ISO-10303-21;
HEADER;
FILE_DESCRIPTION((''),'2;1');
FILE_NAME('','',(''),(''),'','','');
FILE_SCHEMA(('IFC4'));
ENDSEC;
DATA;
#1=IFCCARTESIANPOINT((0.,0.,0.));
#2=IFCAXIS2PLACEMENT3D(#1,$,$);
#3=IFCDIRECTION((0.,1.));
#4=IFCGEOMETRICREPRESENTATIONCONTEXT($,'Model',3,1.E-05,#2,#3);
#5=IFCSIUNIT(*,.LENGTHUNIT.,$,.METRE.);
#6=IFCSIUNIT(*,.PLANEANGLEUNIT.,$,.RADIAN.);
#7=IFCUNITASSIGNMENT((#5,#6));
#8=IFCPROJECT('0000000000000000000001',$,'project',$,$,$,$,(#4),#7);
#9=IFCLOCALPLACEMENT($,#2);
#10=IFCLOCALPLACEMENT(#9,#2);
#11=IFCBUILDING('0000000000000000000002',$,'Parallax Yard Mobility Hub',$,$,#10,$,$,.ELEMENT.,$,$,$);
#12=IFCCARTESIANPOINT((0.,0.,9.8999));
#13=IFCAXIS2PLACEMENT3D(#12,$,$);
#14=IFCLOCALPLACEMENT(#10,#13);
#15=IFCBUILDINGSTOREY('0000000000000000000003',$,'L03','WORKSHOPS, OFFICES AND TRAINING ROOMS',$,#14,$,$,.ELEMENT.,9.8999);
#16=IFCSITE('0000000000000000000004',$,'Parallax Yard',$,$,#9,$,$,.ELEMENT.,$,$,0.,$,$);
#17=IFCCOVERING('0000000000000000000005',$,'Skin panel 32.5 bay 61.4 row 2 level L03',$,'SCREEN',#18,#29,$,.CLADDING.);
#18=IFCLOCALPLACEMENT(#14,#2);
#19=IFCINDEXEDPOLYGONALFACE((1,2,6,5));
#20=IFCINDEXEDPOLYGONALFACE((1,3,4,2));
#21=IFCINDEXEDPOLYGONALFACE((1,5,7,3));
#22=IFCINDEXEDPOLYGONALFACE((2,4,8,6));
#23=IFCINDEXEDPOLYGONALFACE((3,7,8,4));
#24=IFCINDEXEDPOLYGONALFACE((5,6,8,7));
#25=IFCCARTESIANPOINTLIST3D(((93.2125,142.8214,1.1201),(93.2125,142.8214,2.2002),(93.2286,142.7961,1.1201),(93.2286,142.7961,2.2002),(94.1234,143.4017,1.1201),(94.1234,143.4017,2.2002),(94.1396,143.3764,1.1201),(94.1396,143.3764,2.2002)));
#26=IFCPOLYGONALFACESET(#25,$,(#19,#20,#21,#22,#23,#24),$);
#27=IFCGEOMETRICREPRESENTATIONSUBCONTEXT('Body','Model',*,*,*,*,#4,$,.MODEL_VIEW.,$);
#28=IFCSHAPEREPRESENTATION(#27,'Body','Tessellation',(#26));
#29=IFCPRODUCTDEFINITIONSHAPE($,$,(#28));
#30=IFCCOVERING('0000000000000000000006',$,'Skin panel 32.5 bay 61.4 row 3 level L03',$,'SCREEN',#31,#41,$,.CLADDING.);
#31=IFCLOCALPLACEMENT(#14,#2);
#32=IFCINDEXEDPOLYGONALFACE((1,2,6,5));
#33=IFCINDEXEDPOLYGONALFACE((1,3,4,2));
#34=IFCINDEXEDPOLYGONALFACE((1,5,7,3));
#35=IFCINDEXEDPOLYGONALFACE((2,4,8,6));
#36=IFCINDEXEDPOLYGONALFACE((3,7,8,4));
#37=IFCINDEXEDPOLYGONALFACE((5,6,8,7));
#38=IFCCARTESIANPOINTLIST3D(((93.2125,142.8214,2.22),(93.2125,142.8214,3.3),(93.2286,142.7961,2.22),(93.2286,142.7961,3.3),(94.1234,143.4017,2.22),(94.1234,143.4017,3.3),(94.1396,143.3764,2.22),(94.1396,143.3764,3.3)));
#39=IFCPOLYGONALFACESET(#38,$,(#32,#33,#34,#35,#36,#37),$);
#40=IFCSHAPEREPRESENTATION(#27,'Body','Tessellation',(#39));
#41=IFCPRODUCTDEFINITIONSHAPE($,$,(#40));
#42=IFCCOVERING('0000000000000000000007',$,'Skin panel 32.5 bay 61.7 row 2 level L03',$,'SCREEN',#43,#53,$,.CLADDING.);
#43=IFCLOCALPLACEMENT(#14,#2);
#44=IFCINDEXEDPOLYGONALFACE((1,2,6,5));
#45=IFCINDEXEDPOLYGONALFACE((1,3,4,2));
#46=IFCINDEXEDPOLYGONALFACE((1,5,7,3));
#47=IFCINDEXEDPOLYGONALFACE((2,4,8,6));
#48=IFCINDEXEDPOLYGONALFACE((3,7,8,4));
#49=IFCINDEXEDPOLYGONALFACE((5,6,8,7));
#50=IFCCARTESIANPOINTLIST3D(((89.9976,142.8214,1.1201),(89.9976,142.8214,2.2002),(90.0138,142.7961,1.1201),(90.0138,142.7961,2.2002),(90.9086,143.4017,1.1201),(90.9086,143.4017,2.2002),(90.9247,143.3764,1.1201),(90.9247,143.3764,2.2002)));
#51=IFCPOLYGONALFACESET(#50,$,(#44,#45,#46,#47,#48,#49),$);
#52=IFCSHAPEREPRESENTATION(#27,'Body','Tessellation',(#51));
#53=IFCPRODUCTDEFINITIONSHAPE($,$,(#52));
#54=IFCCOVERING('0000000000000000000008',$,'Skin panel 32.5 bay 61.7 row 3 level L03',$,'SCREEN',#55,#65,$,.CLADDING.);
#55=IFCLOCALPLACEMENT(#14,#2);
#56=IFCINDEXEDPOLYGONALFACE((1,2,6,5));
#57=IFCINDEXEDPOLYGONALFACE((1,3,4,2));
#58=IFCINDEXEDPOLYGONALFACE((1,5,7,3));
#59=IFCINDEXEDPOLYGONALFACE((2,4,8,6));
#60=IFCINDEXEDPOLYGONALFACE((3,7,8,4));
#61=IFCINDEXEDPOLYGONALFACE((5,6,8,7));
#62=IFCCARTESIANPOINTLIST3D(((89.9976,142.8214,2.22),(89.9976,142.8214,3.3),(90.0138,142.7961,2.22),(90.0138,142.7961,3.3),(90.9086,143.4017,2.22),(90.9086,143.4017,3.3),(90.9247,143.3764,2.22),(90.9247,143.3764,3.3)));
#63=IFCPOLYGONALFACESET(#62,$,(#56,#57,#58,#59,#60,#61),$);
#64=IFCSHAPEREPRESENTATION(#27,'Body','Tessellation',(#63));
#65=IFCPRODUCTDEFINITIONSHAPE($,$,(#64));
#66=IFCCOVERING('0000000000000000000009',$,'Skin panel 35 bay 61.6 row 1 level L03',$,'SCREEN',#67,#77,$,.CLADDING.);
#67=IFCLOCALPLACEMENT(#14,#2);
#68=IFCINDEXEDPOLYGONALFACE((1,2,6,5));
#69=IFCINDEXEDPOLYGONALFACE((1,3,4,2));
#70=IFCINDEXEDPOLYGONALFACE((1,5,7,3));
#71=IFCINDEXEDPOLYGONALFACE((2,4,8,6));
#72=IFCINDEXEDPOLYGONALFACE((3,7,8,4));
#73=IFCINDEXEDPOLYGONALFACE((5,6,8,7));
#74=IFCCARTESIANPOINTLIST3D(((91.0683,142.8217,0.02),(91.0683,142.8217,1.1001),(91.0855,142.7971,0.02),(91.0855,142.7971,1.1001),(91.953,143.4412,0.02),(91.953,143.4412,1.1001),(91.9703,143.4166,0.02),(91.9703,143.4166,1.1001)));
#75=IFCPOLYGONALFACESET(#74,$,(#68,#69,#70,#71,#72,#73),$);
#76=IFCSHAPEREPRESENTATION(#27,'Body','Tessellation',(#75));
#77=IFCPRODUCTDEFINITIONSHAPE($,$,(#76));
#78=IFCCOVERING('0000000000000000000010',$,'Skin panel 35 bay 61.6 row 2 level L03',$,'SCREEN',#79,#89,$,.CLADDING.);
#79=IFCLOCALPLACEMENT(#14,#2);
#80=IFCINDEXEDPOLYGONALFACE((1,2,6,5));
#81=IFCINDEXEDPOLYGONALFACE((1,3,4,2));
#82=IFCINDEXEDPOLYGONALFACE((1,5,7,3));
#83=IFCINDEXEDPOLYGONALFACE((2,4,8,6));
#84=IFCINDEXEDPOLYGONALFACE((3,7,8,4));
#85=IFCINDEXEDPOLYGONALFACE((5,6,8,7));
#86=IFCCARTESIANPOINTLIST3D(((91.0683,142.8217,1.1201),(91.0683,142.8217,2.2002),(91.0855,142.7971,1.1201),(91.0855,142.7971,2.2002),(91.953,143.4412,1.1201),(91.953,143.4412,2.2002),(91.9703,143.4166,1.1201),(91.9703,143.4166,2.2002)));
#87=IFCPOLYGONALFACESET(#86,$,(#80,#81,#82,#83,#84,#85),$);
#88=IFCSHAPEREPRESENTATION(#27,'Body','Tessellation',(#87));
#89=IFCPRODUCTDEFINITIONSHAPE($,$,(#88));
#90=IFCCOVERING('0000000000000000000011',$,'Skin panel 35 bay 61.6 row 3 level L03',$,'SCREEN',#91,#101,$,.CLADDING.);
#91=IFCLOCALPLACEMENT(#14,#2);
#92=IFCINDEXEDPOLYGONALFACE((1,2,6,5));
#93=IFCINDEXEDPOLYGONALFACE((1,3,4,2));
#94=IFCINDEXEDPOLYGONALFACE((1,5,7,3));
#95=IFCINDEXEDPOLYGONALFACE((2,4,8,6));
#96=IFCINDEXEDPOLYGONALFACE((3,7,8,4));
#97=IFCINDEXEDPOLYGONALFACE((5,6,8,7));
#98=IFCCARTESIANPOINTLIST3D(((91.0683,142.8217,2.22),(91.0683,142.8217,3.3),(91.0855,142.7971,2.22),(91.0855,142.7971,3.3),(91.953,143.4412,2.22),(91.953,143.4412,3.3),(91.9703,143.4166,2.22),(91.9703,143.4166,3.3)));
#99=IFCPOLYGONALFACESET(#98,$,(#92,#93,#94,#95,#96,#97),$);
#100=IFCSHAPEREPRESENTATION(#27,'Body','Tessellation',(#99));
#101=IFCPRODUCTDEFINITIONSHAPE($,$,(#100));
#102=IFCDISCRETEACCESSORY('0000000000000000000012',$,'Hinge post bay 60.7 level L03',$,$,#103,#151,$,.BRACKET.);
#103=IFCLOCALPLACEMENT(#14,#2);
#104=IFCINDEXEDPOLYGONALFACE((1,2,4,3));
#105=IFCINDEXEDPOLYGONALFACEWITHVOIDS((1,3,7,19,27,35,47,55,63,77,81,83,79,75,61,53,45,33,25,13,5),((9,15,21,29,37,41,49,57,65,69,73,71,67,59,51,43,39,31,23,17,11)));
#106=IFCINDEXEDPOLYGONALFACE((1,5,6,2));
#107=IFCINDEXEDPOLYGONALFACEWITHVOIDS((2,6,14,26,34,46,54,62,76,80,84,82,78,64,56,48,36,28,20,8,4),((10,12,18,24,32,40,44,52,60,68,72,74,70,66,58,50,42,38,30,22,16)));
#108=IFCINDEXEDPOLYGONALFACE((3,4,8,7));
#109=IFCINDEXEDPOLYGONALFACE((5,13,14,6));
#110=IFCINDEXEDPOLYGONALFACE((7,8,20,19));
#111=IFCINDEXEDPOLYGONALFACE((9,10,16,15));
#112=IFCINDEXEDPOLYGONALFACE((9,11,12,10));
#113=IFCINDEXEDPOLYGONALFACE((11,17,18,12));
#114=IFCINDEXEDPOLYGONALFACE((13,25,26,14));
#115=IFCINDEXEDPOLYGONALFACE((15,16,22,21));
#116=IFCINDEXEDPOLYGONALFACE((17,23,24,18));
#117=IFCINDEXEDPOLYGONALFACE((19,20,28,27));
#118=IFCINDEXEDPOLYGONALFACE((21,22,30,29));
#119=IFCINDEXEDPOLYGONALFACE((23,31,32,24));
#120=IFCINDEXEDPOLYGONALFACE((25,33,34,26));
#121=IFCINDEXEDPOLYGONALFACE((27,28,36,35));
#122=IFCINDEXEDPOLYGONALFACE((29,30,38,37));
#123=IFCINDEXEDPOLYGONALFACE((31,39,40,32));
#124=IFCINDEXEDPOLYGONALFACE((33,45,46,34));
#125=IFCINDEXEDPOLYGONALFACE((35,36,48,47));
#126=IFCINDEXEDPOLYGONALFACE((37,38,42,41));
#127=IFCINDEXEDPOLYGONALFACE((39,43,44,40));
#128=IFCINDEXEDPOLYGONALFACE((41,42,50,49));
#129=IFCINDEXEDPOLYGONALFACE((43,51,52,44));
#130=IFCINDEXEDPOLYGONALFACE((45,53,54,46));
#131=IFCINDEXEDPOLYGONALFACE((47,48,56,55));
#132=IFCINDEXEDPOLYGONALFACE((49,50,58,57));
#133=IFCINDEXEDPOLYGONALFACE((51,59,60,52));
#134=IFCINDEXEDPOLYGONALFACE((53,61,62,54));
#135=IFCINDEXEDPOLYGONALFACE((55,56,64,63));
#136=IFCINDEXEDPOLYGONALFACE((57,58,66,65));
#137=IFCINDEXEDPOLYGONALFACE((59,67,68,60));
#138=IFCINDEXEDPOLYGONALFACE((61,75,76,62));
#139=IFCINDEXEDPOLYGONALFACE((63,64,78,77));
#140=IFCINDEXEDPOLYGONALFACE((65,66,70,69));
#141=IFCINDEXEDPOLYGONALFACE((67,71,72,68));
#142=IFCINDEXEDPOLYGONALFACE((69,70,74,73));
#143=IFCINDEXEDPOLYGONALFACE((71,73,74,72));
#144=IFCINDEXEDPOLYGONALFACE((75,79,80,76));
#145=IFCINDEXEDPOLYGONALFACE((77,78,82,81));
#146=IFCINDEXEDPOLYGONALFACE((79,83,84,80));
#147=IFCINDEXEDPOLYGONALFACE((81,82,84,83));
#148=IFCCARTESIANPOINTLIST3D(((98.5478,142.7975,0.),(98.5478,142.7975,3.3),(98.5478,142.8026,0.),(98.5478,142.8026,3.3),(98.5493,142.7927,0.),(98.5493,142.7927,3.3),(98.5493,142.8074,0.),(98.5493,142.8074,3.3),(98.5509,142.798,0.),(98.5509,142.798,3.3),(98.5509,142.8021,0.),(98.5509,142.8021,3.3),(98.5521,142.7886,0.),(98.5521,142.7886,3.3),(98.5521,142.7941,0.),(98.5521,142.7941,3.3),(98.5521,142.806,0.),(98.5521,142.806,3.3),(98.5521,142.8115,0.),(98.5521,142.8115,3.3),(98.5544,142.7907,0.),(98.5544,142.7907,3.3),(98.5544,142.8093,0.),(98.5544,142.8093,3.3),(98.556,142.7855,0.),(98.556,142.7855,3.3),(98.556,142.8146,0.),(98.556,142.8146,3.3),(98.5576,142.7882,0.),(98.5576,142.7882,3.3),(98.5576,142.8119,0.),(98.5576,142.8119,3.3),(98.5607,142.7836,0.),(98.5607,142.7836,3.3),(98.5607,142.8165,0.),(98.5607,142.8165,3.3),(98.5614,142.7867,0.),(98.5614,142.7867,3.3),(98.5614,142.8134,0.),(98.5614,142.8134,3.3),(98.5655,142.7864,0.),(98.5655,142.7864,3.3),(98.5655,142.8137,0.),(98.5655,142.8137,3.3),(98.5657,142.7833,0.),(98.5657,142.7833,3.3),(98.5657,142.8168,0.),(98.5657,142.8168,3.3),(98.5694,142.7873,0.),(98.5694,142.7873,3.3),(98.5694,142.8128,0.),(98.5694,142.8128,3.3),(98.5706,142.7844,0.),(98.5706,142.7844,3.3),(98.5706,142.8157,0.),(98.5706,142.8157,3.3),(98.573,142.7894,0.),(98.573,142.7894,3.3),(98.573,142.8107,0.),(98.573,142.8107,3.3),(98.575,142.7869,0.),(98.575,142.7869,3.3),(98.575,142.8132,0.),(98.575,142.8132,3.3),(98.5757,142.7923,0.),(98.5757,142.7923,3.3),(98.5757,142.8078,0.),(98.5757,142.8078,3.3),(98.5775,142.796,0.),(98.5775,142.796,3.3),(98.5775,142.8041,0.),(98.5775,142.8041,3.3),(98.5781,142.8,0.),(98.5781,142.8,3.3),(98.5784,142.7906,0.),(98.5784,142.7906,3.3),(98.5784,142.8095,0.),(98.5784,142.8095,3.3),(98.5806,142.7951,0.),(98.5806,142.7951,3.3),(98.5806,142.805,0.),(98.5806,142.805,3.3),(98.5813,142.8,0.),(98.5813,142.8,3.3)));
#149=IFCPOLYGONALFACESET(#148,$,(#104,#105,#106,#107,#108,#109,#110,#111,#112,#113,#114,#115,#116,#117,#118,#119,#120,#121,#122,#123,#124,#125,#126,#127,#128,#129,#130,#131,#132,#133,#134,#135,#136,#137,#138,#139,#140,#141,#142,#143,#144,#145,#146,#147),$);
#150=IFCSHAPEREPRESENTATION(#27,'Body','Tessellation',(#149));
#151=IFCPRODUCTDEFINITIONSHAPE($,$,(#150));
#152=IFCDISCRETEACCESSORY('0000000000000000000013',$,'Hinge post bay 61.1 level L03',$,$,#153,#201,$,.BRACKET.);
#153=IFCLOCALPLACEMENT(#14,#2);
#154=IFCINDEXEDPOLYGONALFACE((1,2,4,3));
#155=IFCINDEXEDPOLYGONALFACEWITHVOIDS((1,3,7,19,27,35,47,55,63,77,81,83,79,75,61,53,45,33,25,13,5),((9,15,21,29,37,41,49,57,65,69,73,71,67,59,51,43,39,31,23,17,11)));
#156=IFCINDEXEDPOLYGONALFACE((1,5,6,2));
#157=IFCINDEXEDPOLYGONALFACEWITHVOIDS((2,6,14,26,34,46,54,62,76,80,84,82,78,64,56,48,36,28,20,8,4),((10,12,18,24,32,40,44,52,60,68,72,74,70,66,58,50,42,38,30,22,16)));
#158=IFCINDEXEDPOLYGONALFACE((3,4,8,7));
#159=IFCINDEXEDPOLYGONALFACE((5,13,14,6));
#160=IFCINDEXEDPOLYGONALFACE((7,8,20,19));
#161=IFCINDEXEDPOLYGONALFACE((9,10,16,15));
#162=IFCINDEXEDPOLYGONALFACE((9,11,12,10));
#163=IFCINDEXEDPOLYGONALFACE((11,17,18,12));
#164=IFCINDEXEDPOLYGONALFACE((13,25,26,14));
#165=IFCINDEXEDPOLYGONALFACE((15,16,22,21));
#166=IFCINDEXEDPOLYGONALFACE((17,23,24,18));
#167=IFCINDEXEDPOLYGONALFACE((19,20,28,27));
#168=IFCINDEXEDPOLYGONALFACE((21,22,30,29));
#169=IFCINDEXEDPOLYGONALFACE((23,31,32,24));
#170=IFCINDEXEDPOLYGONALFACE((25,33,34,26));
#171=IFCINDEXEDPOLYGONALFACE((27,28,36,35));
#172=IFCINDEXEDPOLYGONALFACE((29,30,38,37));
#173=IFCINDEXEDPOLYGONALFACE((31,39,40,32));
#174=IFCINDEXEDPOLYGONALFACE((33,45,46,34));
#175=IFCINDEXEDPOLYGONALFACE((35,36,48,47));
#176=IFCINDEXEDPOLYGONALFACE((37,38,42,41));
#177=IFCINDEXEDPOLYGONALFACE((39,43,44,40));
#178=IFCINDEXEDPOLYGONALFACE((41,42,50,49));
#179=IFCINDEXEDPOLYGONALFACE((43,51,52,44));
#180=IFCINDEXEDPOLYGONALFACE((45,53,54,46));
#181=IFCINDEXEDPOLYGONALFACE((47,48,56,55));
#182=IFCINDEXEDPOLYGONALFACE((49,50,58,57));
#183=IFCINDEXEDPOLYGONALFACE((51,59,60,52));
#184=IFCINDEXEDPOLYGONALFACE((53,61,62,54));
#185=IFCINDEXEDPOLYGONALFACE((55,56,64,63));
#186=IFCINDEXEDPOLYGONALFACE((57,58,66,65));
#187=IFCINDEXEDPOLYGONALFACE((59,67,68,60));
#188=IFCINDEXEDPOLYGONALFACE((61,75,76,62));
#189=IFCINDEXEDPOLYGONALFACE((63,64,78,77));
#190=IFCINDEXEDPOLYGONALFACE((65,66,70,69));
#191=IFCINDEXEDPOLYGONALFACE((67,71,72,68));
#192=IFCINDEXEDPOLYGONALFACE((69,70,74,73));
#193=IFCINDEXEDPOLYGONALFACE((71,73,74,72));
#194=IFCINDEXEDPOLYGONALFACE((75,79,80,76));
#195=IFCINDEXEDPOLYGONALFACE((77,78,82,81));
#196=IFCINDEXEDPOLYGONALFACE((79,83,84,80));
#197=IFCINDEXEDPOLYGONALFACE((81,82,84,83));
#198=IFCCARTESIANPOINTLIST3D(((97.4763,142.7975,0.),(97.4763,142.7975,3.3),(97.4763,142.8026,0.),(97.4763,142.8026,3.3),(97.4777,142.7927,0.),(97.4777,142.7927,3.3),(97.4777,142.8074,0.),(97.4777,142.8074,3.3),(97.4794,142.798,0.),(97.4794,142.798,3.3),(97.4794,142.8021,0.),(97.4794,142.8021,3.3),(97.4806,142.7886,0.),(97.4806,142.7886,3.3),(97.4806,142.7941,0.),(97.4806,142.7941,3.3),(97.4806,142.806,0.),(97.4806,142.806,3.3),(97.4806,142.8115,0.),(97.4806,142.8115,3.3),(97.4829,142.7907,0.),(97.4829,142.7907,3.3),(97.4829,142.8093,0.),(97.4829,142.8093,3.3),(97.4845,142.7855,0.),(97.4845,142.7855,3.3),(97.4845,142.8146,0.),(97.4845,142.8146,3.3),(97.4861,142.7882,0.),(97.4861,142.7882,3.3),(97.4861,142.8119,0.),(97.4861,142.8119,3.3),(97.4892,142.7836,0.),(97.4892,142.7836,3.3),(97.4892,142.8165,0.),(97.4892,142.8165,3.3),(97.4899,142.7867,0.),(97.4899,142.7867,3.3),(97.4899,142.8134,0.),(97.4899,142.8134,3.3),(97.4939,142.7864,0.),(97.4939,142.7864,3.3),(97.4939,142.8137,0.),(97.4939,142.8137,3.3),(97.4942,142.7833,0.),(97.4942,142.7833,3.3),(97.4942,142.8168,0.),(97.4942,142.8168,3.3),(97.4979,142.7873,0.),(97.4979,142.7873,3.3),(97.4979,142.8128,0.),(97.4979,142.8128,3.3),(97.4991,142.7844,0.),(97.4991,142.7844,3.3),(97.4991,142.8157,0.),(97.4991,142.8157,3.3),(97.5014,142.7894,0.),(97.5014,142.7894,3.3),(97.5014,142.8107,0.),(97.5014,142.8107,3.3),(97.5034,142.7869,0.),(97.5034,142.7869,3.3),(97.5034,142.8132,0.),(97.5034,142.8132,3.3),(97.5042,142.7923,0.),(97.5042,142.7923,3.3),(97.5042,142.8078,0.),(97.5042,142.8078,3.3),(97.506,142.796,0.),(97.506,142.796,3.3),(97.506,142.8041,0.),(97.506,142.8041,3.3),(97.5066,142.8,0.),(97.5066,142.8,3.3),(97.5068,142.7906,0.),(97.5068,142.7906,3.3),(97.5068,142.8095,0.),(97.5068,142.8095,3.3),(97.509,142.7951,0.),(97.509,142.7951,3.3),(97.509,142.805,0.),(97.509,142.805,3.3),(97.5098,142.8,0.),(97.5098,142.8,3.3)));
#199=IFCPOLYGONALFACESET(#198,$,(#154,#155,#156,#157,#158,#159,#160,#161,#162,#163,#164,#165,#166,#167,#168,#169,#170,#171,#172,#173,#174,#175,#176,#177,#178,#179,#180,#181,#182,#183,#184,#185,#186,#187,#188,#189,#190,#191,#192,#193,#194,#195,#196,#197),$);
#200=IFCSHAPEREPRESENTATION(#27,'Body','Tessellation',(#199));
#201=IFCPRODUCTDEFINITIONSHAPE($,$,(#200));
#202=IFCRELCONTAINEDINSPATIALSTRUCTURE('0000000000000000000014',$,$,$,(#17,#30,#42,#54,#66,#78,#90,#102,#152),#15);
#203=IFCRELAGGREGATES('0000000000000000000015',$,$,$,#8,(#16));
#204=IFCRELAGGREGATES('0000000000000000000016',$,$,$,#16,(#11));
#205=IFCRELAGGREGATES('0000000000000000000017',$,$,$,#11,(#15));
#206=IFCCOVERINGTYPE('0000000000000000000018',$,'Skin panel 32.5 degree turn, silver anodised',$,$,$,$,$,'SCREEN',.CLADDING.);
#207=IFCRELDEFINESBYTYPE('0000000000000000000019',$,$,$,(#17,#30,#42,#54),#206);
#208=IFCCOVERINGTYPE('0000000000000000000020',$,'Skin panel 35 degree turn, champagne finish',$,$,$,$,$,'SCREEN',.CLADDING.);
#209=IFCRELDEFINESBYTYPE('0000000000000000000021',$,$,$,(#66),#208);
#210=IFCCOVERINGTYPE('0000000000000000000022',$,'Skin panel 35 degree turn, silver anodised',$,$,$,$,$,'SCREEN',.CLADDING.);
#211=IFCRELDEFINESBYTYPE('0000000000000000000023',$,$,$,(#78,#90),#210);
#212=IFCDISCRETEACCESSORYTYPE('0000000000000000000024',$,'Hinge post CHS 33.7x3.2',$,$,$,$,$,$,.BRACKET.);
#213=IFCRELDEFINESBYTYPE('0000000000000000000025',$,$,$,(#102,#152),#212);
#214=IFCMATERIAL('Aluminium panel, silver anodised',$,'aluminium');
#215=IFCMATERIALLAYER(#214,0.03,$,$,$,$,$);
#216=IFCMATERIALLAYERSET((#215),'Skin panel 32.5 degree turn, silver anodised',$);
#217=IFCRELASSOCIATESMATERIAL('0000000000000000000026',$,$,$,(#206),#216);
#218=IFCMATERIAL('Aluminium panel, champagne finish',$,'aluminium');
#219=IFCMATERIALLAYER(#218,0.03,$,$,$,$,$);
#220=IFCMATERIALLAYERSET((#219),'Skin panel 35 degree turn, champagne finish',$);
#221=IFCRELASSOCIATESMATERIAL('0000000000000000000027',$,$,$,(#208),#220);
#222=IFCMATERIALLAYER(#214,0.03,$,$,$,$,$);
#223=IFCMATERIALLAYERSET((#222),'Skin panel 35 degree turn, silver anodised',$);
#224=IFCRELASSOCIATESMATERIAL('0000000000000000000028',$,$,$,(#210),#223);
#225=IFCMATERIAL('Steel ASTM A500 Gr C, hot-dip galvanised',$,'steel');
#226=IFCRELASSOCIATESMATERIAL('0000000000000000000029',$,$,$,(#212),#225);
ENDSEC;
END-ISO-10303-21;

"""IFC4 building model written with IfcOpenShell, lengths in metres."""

from ifc_helpers import new_model, si_unit, direction, frame, origin, origin_2d, place, context, subcontext, project, spatial, rectangle, hollow_circle, extrude, material, layer, layer_set, material_profile, profile_set, type_object, element, save


model = new_model("IFC4")

# Units and contexts
model_context = context("Model", 3, precision=1e-05, world=origin(), true_north=direction((0.0, 1.0)))
body_context = subcontext(model_context, "Body", "Model", "MODEL_VIEW")
ifc_project = project(units=[si_unit("LENGTHUNIT", "METRE"), si_unit("PLANEANGLEUNIT", "RADIAN")], contexts=[model_context])

# Site, building, storey
site_placement = place(None, origin())
site = spatial("IfcSite", under=ifc_project, at=site_placement, Name="Parallax Yard", CompositionType="ELEMENT", RefElevation=0.0)
building_placement = place(site_placement, origin())
building = spatial("IfcBuilding", under=site, at=building_placement, Name="Parallax Yard Mobility Hub", CompositionType="ELEMENT")
storey_placement = place(building_placement, frame((0.0, 0.0, 9.8999)))
storey = spatial("IfcBuildingStorey", under=building, at=storey_placement, Name="L03", Description="WORKSHOPS, OFFICES AND TRAINING ROOMS", CompositionType="ELEMENT", Elevation=9.8999)

# Coverings
ifc_material_1 = material(Name="Aluminium panel, champagne finish", Category="aluminium")
ifc_material_2 = material(Name="Aluminium panel, silver anodised", Category="aluminium")
ifc_layer_1 = layer(ifc_material_2, 0.03)
ifc_layer_set_1 = layer_set([ifc_layer_1], Name="Skin panel 32.5 degree turn, silver anodised")
covering_type_1 = type_object("IfcCoveringType", Name="Skin panel 32.5 degree turn, silver anodised", ElementType="SCREEN", PredefinedType="CLADDING", material=ifc_layer_set_1)
for number, where, z_axis, x_axis, name in (
    (1, (93.676, 143.0989, 1.1201), (0.0, 0.0, 1.0), (0.843391, 0.5373, 0.0), "Skin panel 32.5 bay 61.4 row 2 level L03"),
    (2, (93.676, 143.0989, 2.22), (0.0, 0.0, 1.0), (0.843391, 0.5373, 0.0), "Skin panel 32.5 bay 61.4 row 3 level L03"),
    (3, (90.4612, 143.0989, 1.1201), (0.0, 0.0, 1.0), (0.843391, 0.5373, 0.0), "Skin panel 32.5 bay 61.7 row 2 level L03"),
    (4, (90.4612, 143.0989, 2.22), (0.0, 0.0, 1.0), (0.843391, 0.5373, 0.0), "Skin panel 32.5 bay 61.7 row 3 level L03"),
):
    element("IfcCovering", number, at=place(storey_placement, frame(where, z_axis=z_axis, x_axis=x_axis)), inside=storey, type_object=covering_type_1, Name=name, ObjectType="SCREEN", PredefinedType="CLADDING", context=body_context, shape_type="SweptSolid", body=[
        extrude(rectangle(XDim=1.0801, YDim=0.03, at=origin_2d()), origin(), (0.0, 0.0, 1.0), 1.0801),
    ])
ifc_layer_2 = layer(ifc_material_1, 0.03)
ifc_layer_set_2 = layer_set([ifc_layer_2], Name="Skin panel 35 degree turn, champagne finish")
covering_type_2 = type_object("IfcCoveringType", Name="Skin panel 35 degree turn, champagne finish", ElementType="SCREEN", PredefinedType="CLADDING", material=ifc_layer_set_2)
covering_1_placement = place(storey_placement, frame((91.5193, 143.1191, 0.02), z_axis=(0.0, 0.0, 1.0), x_axis=(0.819152, 0.573576, 0.0)))
element("IfcCovering", 5, at=covering_1_placement, inside=storey, type_object=covering_type_2, Name="Skin panel 35 bay 61.6 row 1 level L03", ObjectType="SCREEN", PredefinedType="CLADDING", context=body_context, shape_type="SweptSolid", body=[
    extrude(rectangle(XDim=1.0801, YDim=0.03, at=origin_2d()), origin(), (0.0, 0.0, 1.0), 1.0801),
])
ifc_layer_3 = layer(ifc_material_2, 0.03)
ifc_layer_set_3 = layer_set([ifc_layer_3], Name="Skin panel 35 degree turn, silver anodised")
covering_type_3 = type_object("IfcCoveringType", Name="Skin panel 35 degree turn, silver anodised", ElementType="SCREEN", PredefinedType="CLADDING", material=ifc_layer_set_3)
for number, where, z_axis, x_axis, name in (
    (6, (91.5193, 143.1191, 1.1201), (0.0, 0.0, 1.0), (0.819152, 0.573576, 0.0), "Skin panel 35 bay 61.6 row 2 level L03"),
    (7, (91.5193, 143.1191, 2.22), (0.0, 0.0, 1.0), (0.819152, 0.573576, 0.0), "Skin panel 35 bay 61.6 row 3 level L03"),
):
    element("IfcCovering", number, at=place(storey_placement, frame(where, z_axis=z_axis, x_axis=x_axis)), inside=storey, type_object=covering_type_3, Name=name, ObjectType="SCREEN", PredefinedType="CLADDING", context=body_context, shape_type="SweptSolid", body=[
        extrude(rectangle(XDim=1.0801, YDim=0.03, at=origin_2d()), origin(), (0.0, 0.0, 1.0), 1.0801),
    ])

# Discrete accessories
ifc_material_3 = material(Name="Steel ASTM A500 Gr C, hot-dip galvanised", Category="steel")
ifc_material_profile = material_profile(ifc_material_3, hollow_circle(Radius=0.0168, WallThickness=0.0032, at=origin_2d()), Name="CHS 33.7x3.2")
ifc_profile_set = profile_set([ifc_material_profile], Name="Steel ASTM A500 Gr C, hot-dip galvanised")
discrete_accessory_type = type_object("IfcDiscreteAccessoryType", Name="Hinge post CHS 33.7x3.2", PredefinedType="BRACKET", material=ifc_profile_set)
for number, where, z_axis, x_axis, name in (
    (8, (98.5645, 142.8, 0.0), (0.0, 0.0, 1.0), (1.0, 0.0, 0.0), "Hinge post bay 60.7 level L03"),
    (9, (97.4929, 142.8, 0.0), (0.0, 0.0, 1.0), (1.0, 0.0, 0.0), "Hinge post bay 61.1 level L03"),
):
    element("IfcDiscreteAccessory", number, at=place(storey_placement, frame(where, z_axis=z_axis, x_axis=x_axis)), inside=storey, type_object=discrete_accessory_type, Name=name, PredefinedType="BRACKET", context=body_context, shape_type="SweptSolid", body=[
        extrude(hollow_circle(Radius=0.0168, WallThickness=0.0032, at=origin_2d()), origin(), (0.0, 0.0, 1.0), 3.3),
    ])

save(model, "model.ifc")
